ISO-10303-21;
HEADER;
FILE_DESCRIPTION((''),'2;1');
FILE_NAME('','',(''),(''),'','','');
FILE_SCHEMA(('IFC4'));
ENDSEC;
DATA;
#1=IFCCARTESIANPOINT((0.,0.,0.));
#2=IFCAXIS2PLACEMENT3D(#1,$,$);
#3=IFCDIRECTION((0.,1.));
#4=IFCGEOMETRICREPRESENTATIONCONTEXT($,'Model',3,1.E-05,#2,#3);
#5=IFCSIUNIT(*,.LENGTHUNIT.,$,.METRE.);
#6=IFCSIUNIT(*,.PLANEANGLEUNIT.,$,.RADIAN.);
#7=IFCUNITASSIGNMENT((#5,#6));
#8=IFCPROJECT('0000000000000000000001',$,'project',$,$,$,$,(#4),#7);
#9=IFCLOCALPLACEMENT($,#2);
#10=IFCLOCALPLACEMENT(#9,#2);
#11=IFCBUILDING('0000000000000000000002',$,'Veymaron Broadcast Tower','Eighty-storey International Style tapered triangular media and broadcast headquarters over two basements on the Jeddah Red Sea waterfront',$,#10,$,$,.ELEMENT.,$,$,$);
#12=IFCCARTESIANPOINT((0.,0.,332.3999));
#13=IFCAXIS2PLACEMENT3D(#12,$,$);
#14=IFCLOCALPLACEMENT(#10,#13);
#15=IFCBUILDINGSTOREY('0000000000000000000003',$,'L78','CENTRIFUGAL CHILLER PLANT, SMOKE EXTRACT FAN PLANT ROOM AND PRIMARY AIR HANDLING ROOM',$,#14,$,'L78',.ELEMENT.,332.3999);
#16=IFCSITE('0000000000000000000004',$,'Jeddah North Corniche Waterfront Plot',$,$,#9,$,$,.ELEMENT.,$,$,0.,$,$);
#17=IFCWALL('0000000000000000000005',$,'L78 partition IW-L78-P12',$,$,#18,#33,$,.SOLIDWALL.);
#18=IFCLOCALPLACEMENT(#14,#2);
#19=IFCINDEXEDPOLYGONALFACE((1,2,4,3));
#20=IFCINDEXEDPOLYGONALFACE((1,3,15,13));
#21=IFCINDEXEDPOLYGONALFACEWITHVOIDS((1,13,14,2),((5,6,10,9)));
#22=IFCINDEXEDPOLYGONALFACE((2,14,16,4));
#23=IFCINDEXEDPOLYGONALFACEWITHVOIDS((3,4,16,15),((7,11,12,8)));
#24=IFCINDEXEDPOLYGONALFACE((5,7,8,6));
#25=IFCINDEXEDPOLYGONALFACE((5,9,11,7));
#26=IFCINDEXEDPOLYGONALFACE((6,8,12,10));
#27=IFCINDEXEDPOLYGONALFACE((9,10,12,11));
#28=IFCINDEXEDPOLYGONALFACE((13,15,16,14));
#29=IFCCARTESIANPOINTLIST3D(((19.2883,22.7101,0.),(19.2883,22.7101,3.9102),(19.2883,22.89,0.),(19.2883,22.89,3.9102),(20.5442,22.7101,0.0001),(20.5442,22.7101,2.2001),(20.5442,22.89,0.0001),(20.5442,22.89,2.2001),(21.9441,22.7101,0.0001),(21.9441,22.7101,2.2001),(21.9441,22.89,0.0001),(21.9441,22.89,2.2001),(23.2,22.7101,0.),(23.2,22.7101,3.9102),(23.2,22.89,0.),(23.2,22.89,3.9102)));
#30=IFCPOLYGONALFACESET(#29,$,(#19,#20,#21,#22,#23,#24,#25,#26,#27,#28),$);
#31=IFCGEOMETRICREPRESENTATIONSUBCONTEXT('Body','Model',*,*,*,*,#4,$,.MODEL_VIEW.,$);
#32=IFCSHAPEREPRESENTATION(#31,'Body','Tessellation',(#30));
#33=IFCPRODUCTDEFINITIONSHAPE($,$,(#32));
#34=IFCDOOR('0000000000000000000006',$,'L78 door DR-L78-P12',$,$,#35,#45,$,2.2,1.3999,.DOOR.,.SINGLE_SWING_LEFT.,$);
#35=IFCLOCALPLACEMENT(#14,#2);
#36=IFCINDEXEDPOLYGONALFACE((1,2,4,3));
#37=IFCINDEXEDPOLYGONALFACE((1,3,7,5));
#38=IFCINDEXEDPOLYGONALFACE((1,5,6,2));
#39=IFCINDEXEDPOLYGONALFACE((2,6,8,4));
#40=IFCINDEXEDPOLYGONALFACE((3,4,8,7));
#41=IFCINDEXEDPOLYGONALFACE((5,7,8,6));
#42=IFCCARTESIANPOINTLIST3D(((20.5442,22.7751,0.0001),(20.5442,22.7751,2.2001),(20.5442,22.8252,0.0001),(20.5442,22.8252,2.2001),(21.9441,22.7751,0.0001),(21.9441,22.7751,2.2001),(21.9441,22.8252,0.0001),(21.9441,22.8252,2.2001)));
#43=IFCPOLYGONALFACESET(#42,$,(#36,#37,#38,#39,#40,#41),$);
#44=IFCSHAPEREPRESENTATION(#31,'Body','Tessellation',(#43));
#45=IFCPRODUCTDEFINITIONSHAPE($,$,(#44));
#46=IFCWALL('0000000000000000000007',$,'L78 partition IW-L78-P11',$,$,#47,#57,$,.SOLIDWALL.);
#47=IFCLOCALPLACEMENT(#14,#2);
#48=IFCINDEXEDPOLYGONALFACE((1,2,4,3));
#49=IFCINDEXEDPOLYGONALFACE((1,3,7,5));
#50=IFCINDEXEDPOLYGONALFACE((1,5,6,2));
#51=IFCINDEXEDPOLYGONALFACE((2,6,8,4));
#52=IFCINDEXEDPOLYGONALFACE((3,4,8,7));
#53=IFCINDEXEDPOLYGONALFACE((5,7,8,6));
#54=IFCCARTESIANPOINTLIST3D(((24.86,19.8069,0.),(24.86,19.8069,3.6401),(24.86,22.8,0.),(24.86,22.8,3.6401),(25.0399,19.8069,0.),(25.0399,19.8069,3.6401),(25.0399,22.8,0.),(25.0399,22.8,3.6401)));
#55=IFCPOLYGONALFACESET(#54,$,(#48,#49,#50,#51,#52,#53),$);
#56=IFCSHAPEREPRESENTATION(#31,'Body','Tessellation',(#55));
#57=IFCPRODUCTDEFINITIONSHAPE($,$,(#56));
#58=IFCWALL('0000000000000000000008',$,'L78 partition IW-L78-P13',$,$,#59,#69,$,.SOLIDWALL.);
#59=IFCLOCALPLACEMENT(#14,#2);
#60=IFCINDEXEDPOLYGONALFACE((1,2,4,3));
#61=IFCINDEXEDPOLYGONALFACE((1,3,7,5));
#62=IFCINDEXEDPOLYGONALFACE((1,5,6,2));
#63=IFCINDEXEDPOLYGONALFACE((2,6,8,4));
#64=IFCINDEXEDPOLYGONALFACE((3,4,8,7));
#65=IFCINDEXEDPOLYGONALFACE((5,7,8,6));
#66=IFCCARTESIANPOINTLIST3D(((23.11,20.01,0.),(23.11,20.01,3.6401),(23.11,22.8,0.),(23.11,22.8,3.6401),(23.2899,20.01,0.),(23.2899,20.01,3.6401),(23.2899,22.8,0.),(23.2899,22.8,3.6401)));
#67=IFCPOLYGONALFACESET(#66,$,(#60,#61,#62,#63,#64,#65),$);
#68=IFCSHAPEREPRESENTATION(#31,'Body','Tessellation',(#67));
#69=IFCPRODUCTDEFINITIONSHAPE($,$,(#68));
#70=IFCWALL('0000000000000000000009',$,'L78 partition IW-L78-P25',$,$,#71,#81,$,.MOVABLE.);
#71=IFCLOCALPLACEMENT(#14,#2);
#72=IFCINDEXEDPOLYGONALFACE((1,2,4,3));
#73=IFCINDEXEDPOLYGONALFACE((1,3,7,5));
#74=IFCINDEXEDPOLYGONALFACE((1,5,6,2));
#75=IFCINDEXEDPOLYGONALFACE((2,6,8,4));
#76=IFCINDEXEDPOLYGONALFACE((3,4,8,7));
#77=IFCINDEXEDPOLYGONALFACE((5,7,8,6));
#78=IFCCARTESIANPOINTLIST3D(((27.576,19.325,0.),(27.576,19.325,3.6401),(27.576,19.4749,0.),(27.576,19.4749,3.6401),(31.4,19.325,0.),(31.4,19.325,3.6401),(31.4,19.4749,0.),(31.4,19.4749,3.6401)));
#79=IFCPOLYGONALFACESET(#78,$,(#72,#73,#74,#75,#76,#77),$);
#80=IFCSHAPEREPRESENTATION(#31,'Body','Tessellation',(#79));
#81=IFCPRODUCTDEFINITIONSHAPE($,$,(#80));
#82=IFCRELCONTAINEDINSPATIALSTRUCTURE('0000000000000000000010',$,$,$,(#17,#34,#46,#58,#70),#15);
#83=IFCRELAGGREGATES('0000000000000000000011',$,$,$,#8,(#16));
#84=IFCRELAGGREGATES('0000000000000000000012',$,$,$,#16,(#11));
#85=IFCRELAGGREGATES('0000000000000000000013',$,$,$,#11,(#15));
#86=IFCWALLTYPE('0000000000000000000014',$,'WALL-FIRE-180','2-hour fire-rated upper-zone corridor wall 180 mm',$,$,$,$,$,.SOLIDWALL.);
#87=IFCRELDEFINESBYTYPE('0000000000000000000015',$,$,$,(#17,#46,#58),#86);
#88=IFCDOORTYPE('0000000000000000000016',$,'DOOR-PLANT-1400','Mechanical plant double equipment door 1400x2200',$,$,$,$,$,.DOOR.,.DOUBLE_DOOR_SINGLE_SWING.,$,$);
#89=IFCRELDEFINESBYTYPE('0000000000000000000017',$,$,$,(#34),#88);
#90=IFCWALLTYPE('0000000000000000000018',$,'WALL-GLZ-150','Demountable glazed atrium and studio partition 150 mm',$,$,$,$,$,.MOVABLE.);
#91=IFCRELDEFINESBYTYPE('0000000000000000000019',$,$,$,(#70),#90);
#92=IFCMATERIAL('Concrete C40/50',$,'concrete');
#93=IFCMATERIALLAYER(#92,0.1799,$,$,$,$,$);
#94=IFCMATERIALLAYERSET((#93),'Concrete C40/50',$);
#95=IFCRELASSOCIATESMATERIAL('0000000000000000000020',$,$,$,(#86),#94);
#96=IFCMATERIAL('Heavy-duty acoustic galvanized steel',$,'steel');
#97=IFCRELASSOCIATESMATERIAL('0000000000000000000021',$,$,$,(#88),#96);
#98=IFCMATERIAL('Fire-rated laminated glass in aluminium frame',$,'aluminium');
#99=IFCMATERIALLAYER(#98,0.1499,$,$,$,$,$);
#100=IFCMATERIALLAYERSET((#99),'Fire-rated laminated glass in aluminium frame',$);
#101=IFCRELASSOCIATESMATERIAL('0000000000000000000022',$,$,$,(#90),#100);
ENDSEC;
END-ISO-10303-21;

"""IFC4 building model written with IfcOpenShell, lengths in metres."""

from ifc_helpers import new_model, si_unit, direction, frame, frame_2d, origin, place, context, subcontext, project, spatial, rectangle, extrude, material, layer, layer_set, type_object, element, fill, save


model = new_model("IFC4")

# Units and contexts
model_context = context("Model", 3, precision=1e-05, world=origin(), true_north=direction((0.0, 1.0)))
body_context = subcontext(model_context, "Body", "Model", "MODEL_VIEW")
ifc_project = project(units=[si_unit("LENGTHUNIT", "METRE"), si_unit("PLANEANGLEUNIT", "RADIAN")], contexts=[model_context])

# Site, building, storey
site_placement = place(None, origin())
site = spatial("IfcSite", under=ifc_project, at=site_placement, Name="Jeddah North Corniche Waterfront Plot", CompositionType="ELEMENT", RefElevation=0.0)
building_placement = place(site_placement, origin())
building = spatial("IfcBuilding", under=site, at=building_placement, Name="Veymaron Broadcast Tower", Description="Eighty-storey International Style tapered triangular media and broadcast headquarters over two basements on the Jeddah Red Sea waterfront", CompositionType="ELEMENT")
storey_placement = place(building_placement, frame((0.0, 0.0, 332.3999)))
storey = spatial("IfcBuildingStorey", under=building, at=storey_placement, Name="L78", Description="CENTRIFUGAL CHILLER PLANT, SMOKE EXTRACT FAN PLANT ROOM AND PRIMARY AIR HANDLING ROOM", LongName="L78", CompositionType="ELEMENT", Elevation=332.3999)

# Shared definitions
ifc_material_1 = material(Name="Concrete C40/50", Category="concrete")

# Wall, opening, door
ifc_layer_1 = layer(ifc_material_1, 0.1799)
ifc_layer_set_1 = layer_set([ifc_layer_1], Name="Concrete C40/50")
wall_type_1 = type_object("IfcWallType", Name="WALL-FIRE-180", Description="2-hour fire-rated upper-zone corridor wall 180 mm", PredefinedType="SOLIDWALL", material=ifc_layer_set_1)
ifc_material_2 = material(Name="Heavy-duty acoustic galvanized steel", Category="steel")
door_type = type_object("IfcDoorType", Name="DOOR-PLANT-1400", Description="Mechanical plant double equipment door 1400x2200", OperationType="DOUBLE_DOOR_SINGLE_SWING", PredefinedType="DOOR", material=ifc_material_2)
wall_1_placement = place(storey_placement, frame((19.2883, 22.8, 0.0), z_axis=(0.0, 0.0, 1.0), x_axis=(1.0, 0.0, 0.0)))
wall_1 = element("IfcWall", 1, at=wall_1_placement, inside=storey, type_object=wall_type_1, Name="L78 partition IW-L78-P12", PredefinedType="SOLIDWALL", context=body_context, shape_type="SweptSolid", body=[
    extrude(rectangle(XDim=3.9116, YDim=0.1799, at=frame_2d((1.9558, 0.0))), origin(), (0.0, 0.0, 1.0), 3.9102),
])
opening_1_placement = place(wall_1_placement, frame((1.2559, 0.0, 0.0)))
opening_1 = element("IfcOpeningElement", 2, at=opening_1_placement, cuts=wall_1, PredefinedType="OPENING", context=body_context, shape_type="SweptSolid", body=[
    extrude(rectangle(XDim=1.3999, YDim=2.2, at=frame_2d((0.7, 1.1001))), frame((0.0, 0.1001, 0.0), z_axis=(0.0, -1.0, 0.0), x_axis=(1.0, 0.0, 0.0)), (0.0, 0.0, 1.0), 0.2),
])
door_1_placement = place(opening_1_placement, frame((1.3999, 0.0, 0.0), z_axis=(0.0, 0.0, 1.0), x_axis=(-1.0, 0.0, 0.0)))
door_1 = element("IfcDoor", 3, at=door_1_placement, inside=storey, type_object=door_type, Name="L78 door DR-L78-P12", OperationType="SINGLE_SWING_LEFT", OverallHeight=2.2, OverallWidth=1.3999, PredefinedType="DOOR", context=body_context, shape_type="SweptSolid", body=[
    extrude(rectangle(XDim=1.3999, YDim=2.2, at=frame_2d((0.7, 1.1001))), frame((0.0, 0.0249, 0.0), z_axis=(0.0, -1.0, 0.0), x_axis=(1.0, 0.0, 0.0)), (0.0, 0.0, 1.0), 0.05),
])
fill(opening_1, door_1)

# Walls
wall_2_placement = place(storey_placement, frame((24.95, 19.8069, 0.0), z_axis=(0.0, 0.0, 1.0), x_axis=(0.0, 1.0, 0.0)))
element("IfcWall", 4, at=wall_2_placement, inside=storey, type_object=wall_type_1, Name="L78 partition IW-L78-P11", PredefinedType="SOLIDWALL", context=body_context, shape_type="SweptSolid", body=[
    extrude(rectangle(XDim=2.9932, YDim=0.1799, at=frame_2d((1.4966, 0.0))), origin(), (0.0, 0.0, 1.0), 3.6401),
])
wall_3_placement = place(storey_placement, frame((23.2, 20.01, 0.0), z_axis=(0.0, 0.0, 1.0), x_axis=(0.0, 1.0, 0.0)))
element("IfcWall", 5, at=wall_3_placement, inside=storey, type_object=wall_type_1, Name="L78 partition IW-L78-P13", PredefinedType="SOLIDWALL", context=body_context, shape_type="SweptSolid", body=[
    extrude(rectangle(XDim=2.79, YDim=0.1799, at=frame_2d((1.395, 0.0))), origin(), (0.0, 0.0, 1.0), 3.6401),
])
ifc_material_3 = material(Name="Fire-rated laminated glass in aluminium frame", Category="aluminium")
ifc_layer_2 = layer(ifc_material_3, 0.1499)
ifc_layer_set_2 = layer_set([ifc_layer_2], Name="Fire-rated laminated glass in aluminium frame")
wall_type_2 = type_object("IfcWallType", Name="WALL-GLZ-150", Description="Demountable glazed atrium and studio partition 150 mm", PredefinedType="MOVABLE", material=ifc_layer_set_2)
wall_4_placement = place(storey_placement, frame((27.5759, 19.3999, 0.0), z_axis=(0.0, 0.0, 1.0), x_axis=(1.0, 0.0, 0.0)))
element("IfcWall", 6, at=wall_4_placement, inside=storey, type_object=wall_type_2, Name="L78 partition IW-L78-P25", PredefinedType="MOVABLE", context=body_context, shape_type="SweptSolid", body=[
    extrude(rectangle(XDim=3.824, YDim=0.1499, at=frame_2d((1.9121, 0.0))), origin(), (0.0, 0.0, 1.0), 3.6401),
])

save(model, "model.ifc")
